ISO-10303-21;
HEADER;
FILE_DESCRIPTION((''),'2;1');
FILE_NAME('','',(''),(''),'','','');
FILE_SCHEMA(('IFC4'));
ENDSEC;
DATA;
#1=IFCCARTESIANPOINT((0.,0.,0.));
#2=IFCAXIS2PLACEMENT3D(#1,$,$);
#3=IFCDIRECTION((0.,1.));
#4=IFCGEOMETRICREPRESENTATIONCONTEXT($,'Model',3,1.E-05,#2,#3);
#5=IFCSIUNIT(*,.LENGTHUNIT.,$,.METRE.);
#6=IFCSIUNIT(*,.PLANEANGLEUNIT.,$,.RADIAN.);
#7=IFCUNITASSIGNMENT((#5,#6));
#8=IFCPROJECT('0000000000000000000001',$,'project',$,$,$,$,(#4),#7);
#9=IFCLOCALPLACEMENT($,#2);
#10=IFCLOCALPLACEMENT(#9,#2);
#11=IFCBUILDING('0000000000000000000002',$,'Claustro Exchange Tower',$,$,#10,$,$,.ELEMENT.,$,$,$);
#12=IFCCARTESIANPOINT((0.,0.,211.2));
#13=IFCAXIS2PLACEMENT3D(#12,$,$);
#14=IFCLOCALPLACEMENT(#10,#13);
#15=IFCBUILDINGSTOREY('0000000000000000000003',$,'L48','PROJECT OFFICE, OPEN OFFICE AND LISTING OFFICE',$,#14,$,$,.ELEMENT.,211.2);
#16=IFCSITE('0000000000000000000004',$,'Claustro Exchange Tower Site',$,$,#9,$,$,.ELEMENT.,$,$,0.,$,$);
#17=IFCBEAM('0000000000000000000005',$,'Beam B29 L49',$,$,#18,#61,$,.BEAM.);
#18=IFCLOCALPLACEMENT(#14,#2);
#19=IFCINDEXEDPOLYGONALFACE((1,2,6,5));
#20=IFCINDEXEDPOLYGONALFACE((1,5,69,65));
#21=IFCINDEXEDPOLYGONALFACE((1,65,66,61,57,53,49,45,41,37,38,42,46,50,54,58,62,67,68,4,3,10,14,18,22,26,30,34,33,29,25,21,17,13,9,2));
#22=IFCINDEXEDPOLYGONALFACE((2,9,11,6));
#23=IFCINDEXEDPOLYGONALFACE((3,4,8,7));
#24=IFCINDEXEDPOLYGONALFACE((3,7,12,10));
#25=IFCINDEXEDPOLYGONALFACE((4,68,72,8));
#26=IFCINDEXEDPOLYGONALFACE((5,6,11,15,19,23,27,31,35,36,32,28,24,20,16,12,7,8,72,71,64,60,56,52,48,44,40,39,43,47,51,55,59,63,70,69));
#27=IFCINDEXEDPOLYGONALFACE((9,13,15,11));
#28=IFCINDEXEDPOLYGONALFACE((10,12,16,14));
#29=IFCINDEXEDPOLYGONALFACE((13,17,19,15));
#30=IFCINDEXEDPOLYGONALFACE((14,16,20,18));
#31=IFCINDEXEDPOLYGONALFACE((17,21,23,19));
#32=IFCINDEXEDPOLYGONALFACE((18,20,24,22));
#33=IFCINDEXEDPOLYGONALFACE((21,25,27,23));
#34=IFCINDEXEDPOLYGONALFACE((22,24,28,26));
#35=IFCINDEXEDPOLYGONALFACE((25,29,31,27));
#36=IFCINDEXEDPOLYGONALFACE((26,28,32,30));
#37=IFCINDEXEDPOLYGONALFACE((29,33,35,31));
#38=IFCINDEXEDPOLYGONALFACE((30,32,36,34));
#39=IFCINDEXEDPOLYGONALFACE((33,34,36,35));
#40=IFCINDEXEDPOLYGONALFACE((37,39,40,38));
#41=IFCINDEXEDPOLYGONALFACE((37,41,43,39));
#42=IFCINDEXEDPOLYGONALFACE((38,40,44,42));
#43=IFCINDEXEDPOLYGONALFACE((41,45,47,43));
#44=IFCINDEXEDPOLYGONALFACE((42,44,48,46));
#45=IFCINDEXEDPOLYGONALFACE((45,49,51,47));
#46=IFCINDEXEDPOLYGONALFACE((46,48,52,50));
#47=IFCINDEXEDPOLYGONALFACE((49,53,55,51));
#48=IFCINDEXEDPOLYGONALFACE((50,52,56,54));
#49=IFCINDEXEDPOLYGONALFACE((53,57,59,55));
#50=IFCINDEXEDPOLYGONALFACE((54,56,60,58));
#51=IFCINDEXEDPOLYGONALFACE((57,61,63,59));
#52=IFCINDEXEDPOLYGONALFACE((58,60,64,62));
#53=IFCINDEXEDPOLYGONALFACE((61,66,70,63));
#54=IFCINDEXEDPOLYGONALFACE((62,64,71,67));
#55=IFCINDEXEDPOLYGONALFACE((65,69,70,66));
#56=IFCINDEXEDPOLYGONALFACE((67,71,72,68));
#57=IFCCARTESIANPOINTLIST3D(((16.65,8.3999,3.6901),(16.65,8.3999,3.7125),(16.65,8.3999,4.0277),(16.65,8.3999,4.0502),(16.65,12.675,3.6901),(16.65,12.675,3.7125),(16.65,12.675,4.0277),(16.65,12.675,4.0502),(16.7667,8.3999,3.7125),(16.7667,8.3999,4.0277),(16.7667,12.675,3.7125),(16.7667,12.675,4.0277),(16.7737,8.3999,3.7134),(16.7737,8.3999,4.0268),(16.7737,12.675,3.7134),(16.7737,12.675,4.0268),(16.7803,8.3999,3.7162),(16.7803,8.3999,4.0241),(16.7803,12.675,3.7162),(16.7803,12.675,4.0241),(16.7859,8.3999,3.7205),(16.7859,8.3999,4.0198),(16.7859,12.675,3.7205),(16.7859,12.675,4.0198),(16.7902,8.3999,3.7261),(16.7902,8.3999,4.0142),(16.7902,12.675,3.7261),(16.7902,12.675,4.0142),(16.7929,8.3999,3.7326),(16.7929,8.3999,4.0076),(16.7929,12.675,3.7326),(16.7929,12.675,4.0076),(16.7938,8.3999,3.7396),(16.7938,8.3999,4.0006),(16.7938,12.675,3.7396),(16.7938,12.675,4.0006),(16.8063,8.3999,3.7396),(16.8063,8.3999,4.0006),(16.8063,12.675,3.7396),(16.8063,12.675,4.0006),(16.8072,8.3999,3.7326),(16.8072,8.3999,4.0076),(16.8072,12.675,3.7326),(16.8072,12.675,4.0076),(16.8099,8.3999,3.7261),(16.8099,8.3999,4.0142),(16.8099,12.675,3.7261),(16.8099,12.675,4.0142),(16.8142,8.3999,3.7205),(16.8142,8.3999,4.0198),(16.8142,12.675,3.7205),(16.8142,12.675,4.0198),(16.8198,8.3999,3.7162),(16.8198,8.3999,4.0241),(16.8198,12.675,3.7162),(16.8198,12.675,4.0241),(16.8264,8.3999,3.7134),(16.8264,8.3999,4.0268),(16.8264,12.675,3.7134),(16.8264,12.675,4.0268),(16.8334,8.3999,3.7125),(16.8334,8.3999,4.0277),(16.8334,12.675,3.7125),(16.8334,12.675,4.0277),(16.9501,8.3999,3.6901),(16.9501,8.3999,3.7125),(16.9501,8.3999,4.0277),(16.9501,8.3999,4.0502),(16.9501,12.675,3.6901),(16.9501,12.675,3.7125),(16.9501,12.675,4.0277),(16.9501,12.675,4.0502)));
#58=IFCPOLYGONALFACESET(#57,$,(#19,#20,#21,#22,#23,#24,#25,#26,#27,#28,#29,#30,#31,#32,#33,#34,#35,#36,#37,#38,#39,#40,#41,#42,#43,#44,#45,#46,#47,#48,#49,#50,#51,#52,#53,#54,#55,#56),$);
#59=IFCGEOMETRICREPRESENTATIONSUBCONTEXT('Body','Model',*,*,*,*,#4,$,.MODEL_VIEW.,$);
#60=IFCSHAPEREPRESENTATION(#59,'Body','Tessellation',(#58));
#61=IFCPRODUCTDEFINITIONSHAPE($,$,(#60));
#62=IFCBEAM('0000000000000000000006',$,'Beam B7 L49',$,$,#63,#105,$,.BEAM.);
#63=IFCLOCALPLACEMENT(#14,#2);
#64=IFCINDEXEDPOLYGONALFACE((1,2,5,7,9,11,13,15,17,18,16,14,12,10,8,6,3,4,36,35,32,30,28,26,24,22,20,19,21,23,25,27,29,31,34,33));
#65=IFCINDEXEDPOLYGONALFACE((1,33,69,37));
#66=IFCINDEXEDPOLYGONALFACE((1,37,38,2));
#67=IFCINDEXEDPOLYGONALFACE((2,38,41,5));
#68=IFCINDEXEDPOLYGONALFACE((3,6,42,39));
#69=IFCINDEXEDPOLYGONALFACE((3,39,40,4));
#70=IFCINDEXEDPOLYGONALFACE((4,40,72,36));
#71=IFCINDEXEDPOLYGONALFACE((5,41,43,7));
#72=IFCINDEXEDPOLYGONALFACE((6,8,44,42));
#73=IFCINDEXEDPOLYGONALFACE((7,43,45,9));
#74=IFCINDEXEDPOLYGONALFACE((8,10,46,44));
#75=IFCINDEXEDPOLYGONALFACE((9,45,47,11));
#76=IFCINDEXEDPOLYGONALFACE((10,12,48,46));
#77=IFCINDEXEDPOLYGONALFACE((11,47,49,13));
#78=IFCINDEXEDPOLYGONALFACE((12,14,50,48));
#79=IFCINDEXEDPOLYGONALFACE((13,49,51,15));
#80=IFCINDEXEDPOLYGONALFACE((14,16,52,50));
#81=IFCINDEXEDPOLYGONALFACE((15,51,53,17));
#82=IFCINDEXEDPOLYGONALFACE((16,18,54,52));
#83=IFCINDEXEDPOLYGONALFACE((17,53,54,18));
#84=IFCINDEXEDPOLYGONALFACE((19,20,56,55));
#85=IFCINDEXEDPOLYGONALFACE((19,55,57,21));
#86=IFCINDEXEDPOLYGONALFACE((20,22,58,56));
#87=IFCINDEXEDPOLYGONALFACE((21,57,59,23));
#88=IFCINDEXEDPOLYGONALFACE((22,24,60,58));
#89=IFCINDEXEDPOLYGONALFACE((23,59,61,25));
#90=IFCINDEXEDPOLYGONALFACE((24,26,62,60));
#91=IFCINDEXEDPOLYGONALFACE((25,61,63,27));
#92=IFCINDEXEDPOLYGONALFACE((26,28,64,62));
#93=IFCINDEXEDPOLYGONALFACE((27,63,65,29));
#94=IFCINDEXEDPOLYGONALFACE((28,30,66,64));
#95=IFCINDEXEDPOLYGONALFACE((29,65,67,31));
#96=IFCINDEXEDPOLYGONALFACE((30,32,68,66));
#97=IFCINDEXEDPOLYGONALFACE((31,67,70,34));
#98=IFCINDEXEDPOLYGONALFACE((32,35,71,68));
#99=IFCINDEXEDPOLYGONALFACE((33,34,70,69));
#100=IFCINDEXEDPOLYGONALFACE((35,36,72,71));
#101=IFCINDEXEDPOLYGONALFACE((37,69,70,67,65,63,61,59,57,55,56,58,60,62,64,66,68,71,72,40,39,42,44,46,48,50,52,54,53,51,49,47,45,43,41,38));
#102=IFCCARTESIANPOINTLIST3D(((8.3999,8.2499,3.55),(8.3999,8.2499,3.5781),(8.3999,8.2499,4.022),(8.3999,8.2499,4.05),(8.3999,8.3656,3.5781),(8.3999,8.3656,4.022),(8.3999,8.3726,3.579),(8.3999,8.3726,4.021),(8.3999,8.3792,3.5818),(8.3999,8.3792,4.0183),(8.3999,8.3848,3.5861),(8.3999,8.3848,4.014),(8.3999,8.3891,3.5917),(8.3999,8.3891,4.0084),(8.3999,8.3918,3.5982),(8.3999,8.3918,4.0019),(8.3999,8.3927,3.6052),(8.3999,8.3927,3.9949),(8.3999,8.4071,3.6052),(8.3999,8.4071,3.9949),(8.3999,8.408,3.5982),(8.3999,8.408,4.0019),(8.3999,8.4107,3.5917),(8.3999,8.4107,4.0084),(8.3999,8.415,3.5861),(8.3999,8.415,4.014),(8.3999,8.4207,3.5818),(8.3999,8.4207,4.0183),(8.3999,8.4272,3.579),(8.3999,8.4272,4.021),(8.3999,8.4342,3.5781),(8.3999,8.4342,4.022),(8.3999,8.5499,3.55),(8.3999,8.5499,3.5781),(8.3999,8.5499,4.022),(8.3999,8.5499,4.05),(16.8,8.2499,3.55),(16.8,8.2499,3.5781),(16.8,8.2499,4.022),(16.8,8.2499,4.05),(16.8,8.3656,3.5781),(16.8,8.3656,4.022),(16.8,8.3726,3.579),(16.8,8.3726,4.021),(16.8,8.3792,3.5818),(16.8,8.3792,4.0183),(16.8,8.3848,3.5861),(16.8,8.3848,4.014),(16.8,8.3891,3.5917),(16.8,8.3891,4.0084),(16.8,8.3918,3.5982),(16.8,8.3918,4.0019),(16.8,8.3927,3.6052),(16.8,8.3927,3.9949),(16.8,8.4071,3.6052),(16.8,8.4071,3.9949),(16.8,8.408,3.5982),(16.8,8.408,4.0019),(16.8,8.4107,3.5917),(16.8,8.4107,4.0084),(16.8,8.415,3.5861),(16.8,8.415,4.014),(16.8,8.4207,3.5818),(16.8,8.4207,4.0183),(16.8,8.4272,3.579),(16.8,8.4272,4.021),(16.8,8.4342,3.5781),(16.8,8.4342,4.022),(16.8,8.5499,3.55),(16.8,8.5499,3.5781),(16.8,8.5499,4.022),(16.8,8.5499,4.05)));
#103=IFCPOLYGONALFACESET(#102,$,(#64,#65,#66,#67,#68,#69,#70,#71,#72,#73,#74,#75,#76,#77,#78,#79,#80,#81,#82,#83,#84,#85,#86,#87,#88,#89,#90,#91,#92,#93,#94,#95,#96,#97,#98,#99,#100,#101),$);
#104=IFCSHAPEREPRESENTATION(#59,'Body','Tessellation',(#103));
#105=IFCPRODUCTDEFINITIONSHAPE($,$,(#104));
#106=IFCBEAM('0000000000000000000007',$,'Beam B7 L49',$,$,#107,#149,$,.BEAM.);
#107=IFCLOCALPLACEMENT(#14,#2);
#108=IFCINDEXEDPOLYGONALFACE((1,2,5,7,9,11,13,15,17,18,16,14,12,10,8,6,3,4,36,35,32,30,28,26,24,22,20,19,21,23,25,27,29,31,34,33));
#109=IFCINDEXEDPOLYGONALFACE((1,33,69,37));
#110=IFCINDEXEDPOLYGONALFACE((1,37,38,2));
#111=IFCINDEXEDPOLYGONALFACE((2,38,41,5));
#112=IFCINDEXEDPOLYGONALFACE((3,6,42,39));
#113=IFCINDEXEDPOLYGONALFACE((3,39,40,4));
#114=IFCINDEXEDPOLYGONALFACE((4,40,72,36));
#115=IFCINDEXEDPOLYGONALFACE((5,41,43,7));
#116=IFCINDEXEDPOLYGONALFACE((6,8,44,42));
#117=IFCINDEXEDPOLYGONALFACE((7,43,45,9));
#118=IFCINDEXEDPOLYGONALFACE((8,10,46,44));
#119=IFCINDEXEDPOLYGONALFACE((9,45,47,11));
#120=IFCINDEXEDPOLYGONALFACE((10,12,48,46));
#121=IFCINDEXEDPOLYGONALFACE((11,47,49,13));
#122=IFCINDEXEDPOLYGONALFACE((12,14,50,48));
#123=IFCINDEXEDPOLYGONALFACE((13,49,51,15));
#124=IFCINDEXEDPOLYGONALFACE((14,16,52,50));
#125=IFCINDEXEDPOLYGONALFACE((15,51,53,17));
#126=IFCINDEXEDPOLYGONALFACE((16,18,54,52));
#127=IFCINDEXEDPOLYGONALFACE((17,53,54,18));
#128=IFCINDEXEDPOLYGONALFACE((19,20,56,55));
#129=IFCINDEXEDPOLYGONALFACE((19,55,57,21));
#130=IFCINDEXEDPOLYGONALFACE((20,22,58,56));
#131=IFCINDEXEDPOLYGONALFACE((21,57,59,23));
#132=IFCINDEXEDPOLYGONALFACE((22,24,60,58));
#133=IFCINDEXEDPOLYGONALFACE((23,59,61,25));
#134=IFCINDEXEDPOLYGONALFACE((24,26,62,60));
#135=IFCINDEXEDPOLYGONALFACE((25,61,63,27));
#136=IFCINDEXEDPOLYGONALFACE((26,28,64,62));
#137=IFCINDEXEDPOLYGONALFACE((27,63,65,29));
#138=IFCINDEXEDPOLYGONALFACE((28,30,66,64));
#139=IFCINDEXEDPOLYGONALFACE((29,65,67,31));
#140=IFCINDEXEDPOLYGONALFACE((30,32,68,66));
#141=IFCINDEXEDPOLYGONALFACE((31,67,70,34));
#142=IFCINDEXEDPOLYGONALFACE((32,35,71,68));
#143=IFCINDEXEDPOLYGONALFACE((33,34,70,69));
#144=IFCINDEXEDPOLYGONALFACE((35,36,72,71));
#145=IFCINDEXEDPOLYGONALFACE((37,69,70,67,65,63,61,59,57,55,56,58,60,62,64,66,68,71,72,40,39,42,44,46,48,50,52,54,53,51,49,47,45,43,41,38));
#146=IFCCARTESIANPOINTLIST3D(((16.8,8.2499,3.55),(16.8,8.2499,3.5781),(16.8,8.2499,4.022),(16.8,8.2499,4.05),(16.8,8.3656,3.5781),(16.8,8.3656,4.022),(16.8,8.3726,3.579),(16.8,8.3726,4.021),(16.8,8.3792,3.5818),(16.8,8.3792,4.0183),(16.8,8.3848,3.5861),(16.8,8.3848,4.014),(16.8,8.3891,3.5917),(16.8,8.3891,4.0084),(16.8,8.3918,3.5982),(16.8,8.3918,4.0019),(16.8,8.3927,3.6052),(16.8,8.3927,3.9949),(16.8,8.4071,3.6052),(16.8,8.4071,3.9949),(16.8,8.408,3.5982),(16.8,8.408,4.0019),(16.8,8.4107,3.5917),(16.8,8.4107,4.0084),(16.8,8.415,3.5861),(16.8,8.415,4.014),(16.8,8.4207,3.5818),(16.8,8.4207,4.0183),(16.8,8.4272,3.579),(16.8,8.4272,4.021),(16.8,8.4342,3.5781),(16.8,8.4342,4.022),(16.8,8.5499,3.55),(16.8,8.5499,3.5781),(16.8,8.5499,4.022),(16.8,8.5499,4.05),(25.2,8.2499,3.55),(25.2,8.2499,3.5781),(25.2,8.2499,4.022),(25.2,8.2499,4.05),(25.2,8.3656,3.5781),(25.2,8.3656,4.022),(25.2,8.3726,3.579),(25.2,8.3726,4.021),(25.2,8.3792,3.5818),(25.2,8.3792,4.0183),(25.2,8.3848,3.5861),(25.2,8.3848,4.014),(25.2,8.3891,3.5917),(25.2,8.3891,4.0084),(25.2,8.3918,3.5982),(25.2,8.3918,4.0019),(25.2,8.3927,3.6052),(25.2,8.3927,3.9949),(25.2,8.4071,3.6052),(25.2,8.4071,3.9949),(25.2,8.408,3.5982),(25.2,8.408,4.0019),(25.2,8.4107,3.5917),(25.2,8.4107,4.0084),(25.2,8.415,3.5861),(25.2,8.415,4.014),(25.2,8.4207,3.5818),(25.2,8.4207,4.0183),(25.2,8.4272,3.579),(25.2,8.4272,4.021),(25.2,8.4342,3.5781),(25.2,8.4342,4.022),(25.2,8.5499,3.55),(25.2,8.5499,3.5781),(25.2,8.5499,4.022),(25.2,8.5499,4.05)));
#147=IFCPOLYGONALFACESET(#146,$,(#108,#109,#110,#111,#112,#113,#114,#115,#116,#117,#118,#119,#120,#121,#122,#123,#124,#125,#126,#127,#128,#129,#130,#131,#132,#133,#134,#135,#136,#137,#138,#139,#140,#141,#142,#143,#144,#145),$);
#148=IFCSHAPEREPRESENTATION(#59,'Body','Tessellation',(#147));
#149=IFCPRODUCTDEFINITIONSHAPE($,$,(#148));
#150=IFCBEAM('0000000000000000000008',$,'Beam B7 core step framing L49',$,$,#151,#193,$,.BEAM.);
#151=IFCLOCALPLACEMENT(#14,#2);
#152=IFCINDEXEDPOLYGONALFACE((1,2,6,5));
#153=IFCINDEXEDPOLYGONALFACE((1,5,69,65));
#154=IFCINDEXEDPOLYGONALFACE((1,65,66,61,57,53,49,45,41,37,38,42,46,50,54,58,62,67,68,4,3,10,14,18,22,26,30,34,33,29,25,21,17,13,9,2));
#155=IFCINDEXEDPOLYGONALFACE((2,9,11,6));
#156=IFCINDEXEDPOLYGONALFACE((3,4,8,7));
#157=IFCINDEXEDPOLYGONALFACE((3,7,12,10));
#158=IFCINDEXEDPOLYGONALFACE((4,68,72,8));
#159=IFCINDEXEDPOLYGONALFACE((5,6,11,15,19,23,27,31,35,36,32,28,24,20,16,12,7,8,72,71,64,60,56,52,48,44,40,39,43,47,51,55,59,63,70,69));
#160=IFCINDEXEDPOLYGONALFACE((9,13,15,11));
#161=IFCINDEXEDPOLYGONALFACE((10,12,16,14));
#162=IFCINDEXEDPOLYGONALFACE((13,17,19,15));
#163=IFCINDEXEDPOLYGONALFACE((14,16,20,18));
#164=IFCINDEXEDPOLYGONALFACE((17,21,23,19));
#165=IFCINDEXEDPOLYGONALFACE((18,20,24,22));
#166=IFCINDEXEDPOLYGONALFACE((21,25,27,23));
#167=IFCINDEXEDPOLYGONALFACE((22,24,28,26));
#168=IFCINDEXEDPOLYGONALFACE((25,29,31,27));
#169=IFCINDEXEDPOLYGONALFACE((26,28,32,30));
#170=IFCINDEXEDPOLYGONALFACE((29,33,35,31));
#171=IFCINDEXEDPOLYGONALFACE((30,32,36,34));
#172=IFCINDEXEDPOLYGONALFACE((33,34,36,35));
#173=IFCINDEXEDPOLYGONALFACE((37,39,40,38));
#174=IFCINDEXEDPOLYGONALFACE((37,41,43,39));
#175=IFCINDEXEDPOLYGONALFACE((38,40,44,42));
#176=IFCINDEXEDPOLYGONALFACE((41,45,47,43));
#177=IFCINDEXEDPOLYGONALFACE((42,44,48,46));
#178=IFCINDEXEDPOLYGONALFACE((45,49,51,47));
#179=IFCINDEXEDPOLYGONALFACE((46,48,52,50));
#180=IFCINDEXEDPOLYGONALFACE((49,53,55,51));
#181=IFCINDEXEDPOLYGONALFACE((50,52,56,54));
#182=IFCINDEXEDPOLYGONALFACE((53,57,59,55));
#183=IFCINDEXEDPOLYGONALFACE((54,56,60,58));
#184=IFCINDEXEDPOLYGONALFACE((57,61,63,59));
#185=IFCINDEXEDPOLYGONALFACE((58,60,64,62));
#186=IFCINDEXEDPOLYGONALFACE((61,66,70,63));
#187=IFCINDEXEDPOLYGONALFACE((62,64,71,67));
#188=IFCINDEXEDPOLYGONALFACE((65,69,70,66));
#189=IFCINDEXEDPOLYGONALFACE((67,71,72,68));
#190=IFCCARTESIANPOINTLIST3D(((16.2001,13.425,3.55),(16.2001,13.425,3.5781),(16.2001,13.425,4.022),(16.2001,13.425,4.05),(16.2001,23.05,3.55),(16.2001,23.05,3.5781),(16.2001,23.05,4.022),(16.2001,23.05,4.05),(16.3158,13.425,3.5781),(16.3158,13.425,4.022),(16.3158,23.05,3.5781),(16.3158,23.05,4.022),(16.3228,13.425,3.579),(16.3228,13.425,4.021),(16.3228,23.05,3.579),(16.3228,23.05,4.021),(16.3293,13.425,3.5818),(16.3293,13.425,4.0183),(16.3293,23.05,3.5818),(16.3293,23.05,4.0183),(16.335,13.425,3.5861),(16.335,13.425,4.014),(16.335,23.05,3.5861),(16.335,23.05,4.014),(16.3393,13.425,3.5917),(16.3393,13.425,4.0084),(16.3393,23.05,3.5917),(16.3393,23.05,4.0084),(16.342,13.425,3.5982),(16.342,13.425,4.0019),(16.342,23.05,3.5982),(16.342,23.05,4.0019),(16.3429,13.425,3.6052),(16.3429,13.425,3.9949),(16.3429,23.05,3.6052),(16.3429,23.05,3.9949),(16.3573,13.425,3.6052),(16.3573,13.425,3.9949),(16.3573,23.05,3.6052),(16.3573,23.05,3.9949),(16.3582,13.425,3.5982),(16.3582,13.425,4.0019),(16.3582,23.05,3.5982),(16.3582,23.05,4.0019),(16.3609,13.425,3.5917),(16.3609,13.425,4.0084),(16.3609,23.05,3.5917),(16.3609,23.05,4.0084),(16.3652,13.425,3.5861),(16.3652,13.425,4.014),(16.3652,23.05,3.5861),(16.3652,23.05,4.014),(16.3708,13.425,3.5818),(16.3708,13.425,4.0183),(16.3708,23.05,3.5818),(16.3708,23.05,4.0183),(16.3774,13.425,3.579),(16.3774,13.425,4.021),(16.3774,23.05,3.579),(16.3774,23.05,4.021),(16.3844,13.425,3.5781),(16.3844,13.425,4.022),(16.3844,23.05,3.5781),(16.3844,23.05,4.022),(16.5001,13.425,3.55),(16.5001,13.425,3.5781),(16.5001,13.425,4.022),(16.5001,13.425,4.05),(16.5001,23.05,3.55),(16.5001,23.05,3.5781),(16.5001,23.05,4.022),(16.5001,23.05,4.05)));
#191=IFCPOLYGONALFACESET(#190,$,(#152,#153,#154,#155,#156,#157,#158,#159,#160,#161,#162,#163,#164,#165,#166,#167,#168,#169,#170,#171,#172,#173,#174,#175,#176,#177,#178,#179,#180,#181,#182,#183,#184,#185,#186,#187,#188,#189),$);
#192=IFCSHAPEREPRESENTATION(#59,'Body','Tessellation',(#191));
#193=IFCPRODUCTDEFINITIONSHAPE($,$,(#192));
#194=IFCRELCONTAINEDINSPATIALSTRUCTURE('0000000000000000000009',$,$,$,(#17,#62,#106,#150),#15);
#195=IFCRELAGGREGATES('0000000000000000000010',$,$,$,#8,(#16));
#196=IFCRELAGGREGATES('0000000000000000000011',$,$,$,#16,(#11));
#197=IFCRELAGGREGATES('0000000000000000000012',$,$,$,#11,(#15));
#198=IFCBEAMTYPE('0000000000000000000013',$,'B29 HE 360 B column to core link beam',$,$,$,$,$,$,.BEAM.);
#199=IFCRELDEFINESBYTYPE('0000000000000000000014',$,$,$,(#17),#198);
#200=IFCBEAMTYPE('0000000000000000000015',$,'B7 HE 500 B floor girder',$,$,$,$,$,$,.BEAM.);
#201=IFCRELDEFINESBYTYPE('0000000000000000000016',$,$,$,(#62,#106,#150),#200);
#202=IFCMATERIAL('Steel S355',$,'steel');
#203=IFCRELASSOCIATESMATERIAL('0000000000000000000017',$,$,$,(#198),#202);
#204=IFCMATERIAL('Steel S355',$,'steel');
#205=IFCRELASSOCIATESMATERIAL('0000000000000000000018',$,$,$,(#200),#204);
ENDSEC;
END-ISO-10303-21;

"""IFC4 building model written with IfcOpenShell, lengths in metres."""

from ifc_helpers import new_model, si_unit, direction, frame, origin, origin_2d, place, context, subcontext, project, spatial, i_section, extrude, material, material_profile, profile_set, type_object, element, save


model = new_model("IFC4")

# Units and contexts
model_context = context("Model", 3, precision=1e-05, world=origin(), true_north=direction((0.0, 1.0)))
body_context = subcontext(model_context, "Body", "Model", "MODEL_VIEW")
ifc_project = project(units=[si_unit("LENGTHUNIT", "METRE"), si_unit("PLANEANGLEUNIT", "RADIAN")], contexts=[model_context])

# Site, building, storey
site_placement = place(None, origin())
site = spatial("IfcSite", under=ifc_project, at=site_placement, Name="Claustro Exchange Tower Site", CompositionType="ELEMENT", RefElevation=0.0)
building_placement = place(site_placement, origin())
building = spatial("IfcBuilding", under=site, at=building_placement, Name="Claustro Exchange Tower", CompositionType="ELEMENT")
storey_placement = place(building_placement, frame((0.0, 0.0, 211.2)))
storey = spatial("IfcBuildingStorey", under=building, at=storey_placement, Name="L48", Description="PROJECT OFFICE, OPEN OFFICE AND LISTING OFFICE", CompositionType="ELEMENT", Elevation=211.2)

# Beams
ifc_material_1 = material(Name="Steel S355", Category="steel")
ifc_material_profile_1 = material_profile(ifc_material_1, i_section(OverallWidth=0.3, OverallDepth=0.3601, WebThickness=0.0125, FlangeThickness=0.0225, FilletRadius=0.0271, at=origin_2d()), Name="HE 360 B")
ifc_profile_set_1 = profile_set([ifc_material_profile_1], Name="Steel S355")
beam_type_1 = type_object("IfcBeamType", Name="B29 HE 360 B column to core link beam", PredefinedType="BEAM", material=ifc_profile_set_1)
for number, where, z_axis, x_axis, name in (
    (1, (16.8, 8.3999, 3.8701), (0.0, 1.0, 0.0), (-1.0, 0.0, 0.0), "Beam B29 L49"),
):
    element("IfcBeam", number, at=place(storey_placement, frame(where, z_axis=z_axis, x_axis=x_axis)), inside=storey, type_object=beam_type_1, Name=name, PredefinedType="BEAM", context=body_context, shape_type="SweptSolid", body=[
        extrude(i_section(OverallWidth=0.3, OverallDepth=0.3601, WebThickness=0.0125, FlangeThickness=0.0225, FilletRadius=0.0271, at=origin_2d()), origin(), (0.0, 0.0, 1.0), 4.2751),
    ])
ifc_material_2 = material(Name="Steel S355", Category="steel")
ifc_material_profile_2 = material_profile(ifc_material_2, i_section(OverallWidth=0.3, OverallDepth=0.5, WebThickness=0.0144, FlangeThickness=0.0281, FilletRadius=0.0271, at=origin_2d()), Name="HE 500 B")
ifc_profile_set_2 = profile_set([ifc_material_profile_2], Name="Steel S355")
beam_type_2 = type_object("IfcBeamType", Name="B7 HE 500 B floor girder", PredefinedType="BEAM", material=ifc_profile_set_2)
beam_1_placement = place(storey_placement, frame((8.3999, 8.3999, 3.8), z_axis=(1.0, 0.0, 0.0), x_axis=(0.0, 1.0, 0.0)))
element("IfcBeam", 2, at=beam_1_placement, inside=storey, type_object=beam_type_2, Name="Beam B7 L49", PredefinedType="BEAM", context=body_context, shape_type="SweptSolid", body=[
    extrude(i_section(OverallWidth=0.3, OverallDepth=0.5, WebThickness=0.0144, FlangeThickness=0.0281, FilletRadius=0.0271, at=origin_2d()), origin(), (0.0, 0.0, 1.0), 8.4001),
])
beam_2_placement = place(storey_placement, frame((16.8, 8.3999, 3.8), z_axis=(1.0, 0.0, 0.0), x_axis=(0.0, 1.0, 0.0)))
element("IfcBeam", 3, at=beam_2_placement, inside=storey, type_object=beam_type_2, Name="Beam B7 L49", PredefinedType="BEAM", context=body_context, shape_type="SweptSolid", body=[
    extrude(i_section(OverallWidth=0.3, OverallDepth=0.5, WebThickness=0.0144, FlangeThickness=0.0281, FilletRadius=0.0271, at=origin_2d()), origin(), (0.0, 0.0, 1.0), 8.3999),
])
beam_3_placement = place(storey_placement, frame((16.3501, 13.425, 3.8), z_axis=(0.0, 1.0, 0.0), x_axis=(-1.0, 0.0, 0.0)))
element("IfcBeam", 4, at=beam_3_placement, inside=storey, type_object=beam_type_2, Name="Beam B7 core step framing L49", PredefinedType="BEAM", context=body_context, shape_type="SweptSolid", body=[
    extrude(i_section(OverallWidth=0.3, OverallDepth=0.5, WebThickness=0.0144, FlangeThickness=0.0281, FilletRadius=0.0271, at=origin_2d()), origin(), (0.0, 0.0, 1.0), 9.625),
])

save(model, "model.ifc")
